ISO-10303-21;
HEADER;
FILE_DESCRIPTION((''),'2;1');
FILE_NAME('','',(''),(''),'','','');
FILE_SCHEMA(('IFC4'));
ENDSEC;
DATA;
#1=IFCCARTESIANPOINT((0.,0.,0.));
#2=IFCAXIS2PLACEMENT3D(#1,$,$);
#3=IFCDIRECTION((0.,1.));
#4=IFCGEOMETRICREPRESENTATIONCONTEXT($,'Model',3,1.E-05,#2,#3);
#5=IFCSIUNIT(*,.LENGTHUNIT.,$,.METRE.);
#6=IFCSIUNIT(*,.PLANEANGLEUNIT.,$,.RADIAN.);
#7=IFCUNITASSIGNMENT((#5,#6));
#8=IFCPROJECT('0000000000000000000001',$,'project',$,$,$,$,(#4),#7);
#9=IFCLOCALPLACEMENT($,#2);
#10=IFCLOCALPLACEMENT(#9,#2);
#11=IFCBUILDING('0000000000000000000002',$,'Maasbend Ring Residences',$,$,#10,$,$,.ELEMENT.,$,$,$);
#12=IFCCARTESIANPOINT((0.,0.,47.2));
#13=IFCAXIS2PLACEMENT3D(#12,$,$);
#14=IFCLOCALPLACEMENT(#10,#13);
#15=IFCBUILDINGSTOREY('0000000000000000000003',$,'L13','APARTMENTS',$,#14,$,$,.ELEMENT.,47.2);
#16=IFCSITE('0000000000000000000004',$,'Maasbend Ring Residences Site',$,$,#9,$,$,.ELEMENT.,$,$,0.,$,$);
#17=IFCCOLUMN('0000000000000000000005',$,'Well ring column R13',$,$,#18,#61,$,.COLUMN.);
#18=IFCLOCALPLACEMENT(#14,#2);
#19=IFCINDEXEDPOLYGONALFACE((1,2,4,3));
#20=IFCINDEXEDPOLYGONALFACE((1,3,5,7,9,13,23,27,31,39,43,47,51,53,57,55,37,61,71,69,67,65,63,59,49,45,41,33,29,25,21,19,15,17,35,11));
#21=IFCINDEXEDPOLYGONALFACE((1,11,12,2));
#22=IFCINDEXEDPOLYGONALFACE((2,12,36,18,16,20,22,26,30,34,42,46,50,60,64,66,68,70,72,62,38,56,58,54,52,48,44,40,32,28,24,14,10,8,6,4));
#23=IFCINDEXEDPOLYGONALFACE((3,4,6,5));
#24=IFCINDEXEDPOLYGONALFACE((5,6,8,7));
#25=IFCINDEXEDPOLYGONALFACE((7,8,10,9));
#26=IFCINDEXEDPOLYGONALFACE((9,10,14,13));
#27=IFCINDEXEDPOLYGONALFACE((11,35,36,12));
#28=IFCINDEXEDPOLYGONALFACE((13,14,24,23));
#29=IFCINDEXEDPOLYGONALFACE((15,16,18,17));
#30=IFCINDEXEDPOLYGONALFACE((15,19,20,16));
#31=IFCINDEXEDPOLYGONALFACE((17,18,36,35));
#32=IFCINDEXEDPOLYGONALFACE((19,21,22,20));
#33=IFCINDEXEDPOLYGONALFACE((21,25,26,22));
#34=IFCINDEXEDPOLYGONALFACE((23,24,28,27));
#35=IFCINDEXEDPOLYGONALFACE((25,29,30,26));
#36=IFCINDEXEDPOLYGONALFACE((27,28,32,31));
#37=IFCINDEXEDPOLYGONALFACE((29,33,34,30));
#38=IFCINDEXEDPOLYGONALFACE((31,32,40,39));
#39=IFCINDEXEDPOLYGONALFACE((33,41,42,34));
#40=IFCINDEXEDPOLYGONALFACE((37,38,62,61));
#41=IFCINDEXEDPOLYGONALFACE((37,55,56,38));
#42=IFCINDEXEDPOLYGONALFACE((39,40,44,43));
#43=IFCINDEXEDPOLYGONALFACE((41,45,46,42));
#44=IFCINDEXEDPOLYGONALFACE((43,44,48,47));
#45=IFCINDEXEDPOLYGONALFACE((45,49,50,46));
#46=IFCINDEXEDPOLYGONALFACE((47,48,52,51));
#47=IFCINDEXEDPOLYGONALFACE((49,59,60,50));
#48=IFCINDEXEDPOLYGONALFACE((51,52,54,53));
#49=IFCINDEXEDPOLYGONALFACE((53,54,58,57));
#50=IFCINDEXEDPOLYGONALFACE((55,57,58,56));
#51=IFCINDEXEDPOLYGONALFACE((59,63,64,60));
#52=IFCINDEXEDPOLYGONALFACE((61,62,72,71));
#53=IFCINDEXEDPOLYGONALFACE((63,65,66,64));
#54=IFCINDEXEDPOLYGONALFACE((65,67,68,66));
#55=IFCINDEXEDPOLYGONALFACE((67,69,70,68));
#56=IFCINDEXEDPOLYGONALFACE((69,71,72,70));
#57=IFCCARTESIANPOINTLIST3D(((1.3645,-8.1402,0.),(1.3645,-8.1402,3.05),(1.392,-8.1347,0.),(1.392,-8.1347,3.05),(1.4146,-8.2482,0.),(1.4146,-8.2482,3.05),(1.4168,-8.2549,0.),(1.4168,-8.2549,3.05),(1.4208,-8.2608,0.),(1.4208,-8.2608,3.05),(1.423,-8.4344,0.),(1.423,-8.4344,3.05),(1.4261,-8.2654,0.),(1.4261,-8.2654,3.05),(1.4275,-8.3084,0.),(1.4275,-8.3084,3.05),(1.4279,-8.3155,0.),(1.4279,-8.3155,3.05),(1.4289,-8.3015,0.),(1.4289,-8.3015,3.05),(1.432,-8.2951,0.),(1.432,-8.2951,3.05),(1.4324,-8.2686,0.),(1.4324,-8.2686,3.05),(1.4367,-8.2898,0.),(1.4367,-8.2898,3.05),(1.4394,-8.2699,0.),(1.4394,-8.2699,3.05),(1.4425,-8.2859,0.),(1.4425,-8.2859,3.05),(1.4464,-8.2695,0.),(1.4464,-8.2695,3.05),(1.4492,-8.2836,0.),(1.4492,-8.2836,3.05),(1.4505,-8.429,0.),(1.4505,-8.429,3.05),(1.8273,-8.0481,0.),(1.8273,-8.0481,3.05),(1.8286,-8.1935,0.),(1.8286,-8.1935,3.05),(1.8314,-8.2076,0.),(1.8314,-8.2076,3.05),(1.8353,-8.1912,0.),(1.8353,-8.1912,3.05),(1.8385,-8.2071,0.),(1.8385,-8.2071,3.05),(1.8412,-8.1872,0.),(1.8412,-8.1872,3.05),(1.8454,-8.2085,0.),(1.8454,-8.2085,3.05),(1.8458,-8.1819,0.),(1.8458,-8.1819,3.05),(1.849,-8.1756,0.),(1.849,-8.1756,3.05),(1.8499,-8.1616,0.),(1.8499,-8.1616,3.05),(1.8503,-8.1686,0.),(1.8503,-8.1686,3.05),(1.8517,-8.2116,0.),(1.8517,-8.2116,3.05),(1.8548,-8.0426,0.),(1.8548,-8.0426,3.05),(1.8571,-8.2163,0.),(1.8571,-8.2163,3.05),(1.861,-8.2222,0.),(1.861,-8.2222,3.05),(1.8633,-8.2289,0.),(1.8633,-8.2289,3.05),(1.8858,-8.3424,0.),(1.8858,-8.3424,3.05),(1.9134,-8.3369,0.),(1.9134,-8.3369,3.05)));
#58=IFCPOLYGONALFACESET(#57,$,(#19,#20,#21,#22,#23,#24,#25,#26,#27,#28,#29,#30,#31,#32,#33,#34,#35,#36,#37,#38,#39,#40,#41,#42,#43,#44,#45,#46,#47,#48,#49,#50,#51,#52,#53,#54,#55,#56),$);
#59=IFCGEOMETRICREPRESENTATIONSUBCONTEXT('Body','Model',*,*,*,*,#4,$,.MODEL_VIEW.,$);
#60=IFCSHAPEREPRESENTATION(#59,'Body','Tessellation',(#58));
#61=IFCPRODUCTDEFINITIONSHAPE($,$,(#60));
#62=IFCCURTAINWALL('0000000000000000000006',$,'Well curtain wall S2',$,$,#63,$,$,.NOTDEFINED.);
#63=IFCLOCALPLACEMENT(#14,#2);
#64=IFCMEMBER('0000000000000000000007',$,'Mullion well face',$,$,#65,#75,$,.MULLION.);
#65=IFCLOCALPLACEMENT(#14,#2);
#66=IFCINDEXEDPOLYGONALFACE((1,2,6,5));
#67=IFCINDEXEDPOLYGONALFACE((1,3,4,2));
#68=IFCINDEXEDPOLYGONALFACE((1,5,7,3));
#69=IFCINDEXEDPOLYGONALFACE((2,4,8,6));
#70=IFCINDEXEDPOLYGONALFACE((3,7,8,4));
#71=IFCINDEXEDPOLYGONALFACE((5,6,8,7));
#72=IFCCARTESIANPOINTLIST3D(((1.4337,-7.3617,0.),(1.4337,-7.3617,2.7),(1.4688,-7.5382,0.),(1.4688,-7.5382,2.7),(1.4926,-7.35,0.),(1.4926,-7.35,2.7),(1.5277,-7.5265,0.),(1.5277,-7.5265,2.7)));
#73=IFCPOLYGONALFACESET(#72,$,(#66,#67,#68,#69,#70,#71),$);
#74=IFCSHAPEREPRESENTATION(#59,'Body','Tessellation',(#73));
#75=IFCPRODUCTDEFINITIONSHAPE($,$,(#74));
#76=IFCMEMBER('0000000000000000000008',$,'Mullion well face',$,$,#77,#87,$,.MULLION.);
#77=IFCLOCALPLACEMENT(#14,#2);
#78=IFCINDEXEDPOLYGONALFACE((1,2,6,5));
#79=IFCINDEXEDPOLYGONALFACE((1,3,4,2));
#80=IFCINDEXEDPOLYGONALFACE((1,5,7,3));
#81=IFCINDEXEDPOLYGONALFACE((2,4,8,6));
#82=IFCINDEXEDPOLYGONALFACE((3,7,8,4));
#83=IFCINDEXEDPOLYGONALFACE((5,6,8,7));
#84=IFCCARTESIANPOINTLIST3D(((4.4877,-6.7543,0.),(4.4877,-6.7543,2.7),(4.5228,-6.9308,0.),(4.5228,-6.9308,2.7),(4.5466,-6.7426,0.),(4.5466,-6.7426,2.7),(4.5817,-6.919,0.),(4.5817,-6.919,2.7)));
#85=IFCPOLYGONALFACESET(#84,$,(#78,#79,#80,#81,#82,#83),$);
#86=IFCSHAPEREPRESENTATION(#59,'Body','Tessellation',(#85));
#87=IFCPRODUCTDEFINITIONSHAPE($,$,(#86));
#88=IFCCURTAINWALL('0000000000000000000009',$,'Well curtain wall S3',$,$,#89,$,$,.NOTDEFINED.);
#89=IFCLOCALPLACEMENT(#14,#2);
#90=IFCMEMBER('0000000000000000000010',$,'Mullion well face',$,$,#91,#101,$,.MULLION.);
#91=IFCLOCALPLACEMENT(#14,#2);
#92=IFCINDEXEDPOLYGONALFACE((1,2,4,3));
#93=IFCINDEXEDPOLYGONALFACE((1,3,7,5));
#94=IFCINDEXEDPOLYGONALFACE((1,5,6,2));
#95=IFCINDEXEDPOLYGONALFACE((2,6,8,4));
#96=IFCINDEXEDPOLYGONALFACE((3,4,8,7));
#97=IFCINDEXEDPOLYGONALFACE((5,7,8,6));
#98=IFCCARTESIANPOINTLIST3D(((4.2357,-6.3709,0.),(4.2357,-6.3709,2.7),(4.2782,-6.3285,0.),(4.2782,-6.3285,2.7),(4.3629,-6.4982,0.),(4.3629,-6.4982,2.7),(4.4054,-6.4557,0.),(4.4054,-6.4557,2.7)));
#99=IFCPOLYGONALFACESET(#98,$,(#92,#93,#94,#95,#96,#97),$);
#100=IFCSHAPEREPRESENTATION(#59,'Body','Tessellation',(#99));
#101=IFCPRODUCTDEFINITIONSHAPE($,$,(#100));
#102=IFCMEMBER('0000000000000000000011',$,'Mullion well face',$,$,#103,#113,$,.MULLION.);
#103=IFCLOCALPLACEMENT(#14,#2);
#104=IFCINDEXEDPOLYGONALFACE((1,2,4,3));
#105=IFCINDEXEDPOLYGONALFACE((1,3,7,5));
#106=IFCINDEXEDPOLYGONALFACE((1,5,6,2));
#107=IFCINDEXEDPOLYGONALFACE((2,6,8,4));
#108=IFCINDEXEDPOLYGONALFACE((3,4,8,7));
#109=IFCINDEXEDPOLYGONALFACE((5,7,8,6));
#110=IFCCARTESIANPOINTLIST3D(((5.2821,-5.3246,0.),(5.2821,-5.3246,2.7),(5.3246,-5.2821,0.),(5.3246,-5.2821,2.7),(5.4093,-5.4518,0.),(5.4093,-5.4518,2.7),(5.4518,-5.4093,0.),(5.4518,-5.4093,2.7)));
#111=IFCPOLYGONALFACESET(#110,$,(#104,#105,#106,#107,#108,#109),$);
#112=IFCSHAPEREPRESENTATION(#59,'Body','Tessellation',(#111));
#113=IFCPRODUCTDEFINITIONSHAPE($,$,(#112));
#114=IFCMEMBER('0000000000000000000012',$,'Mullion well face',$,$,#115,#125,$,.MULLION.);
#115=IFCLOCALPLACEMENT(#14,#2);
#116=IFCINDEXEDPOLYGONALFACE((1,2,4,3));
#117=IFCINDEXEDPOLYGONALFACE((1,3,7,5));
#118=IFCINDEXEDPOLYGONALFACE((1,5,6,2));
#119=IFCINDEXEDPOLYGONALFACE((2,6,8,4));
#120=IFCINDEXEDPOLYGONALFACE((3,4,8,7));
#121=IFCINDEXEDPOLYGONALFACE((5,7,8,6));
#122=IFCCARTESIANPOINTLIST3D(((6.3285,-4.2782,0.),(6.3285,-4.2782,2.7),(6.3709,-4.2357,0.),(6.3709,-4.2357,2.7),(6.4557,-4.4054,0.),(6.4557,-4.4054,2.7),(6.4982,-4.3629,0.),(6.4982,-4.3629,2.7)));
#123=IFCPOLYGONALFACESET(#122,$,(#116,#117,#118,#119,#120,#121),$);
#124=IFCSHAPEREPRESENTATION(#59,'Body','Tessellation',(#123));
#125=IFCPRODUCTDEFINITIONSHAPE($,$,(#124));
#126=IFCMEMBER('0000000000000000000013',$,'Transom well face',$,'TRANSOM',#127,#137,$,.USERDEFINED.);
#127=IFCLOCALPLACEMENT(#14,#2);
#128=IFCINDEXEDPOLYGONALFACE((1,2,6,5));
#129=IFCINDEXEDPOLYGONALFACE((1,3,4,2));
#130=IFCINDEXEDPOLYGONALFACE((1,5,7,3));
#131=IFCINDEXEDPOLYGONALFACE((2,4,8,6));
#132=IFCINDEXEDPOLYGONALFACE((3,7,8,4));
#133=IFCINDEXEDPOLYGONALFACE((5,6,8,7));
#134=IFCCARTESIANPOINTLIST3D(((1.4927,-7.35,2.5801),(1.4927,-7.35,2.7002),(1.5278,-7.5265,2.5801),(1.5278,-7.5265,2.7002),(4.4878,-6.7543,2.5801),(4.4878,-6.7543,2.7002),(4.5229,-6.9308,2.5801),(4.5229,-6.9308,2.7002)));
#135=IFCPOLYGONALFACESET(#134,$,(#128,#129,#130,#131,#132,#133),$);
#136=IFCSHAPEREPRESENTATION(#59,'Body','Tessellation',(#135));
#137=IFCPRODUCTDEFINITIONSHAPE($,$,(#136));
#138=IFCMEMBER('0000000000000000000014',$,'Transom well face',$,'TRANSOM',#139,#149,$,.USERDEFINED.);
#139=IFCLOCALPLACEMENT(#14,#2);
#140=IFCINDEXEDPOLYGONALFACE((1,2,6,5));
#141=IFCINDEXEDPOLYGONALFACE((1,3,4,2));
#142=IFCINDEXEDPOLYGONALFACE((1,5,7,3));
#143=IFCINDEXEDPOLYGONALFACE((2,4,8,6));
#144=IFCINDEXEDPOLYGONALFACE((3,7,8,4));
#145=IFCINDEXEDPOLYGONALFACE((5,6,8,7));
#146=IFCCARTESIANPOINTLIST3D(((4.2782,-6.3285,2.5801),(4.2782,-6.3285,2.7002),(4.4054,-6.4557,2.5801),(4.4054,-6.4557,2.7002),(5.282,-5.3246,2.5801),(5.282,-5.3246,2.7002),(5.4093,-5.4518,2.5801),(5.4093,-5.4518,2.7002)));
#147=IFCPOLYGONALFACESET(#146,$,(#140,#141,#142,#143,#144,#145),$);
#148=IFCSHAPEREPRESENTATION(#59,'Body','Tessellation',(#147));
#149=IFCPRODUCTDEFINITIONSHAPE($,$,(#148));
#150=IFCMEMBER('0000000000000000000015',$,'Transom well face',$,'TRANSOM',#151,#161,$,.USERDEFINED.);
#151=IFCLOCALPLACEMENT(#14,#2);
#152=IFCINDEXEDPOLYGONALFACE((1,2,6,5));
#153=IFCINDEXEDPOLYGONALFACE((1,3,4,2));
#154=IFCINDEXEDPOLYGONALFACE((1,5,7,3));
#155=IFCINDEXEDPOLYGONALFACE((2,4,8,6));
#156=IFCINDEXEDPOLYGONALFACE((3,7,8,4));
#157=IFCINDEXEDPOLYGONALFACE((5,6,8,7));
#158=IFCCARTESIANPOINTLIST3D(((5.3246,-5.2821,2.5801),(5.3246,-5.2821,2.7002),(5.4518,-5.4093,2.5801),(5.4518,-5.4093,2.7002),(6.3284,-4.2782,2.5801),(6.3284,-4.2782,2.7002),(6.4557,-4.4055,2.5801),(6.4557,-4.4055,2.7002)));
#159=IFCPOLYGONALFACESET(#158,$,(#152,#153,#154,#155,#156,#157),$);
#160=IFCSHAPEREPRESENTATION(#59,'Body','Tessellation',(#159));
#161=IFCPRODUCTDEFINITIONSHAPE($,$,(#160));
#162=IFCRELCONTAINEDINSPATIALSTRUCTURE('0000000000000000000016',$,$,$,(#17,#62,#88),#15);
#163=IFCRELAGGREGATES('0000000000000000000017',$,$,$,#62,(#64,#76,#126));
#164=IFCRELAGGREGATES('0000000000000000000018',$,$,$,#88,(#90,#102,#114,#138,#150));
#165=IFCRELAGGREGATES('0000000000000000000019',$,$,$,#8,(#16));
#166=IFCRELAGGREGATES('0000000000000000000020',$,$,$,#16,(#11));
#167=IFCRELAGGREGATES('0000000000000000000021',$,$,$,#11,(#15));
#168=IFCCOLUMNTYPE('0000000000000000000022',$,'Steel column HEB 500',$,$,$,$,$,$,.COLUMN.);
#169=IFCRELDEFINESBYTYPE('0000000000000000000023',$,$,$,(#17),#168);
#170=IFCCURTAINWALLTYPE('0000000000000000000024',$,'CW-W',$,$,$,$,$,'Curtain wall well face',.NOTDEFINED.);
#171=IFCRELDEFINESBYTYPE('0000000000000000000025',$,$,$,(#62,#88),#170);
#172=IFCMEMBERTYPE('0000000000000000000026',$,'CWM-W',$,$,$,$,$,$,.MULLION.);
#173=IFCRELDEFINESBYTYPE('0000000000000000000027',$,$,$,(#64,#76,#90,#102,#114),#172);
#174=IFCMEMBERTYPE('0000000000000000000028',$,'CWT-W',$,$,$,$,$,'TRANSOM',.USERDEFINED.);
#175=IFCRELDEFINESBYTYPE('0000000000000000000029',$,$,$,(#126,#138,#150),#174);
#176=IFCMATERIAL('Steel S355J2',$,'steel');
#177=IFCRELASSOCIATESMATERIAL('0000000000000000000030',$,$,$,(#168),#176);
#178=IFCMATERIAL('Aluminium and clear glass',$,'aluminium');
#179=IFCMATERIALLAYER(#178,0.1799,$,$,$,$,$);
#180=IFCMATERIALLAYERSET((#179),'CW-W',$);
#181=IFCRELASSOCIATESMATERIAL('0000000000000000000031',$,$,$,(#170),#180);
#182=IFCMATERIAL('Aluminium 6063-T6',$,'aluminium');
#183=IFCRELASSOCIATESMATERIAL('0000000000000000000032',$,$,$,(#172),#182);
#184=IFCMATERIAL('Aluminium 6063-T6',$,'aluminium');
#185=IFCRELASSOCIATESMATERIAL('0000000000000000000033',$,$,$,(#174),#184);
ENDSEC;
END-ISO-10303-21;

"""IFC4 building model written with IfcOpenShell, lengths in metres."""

from ifc_helpers import new_model, si_unit, direction, frame, origin, origin_2d, place, context, subcontext, project, spatial, rectangle, i_section, extrude, material, layer, layer_set, material_profile, profile_set, type_object, element, aggregate, save


model = new_model("IFC4")

# Units and contexts
model_context = context("Model", 3, precision=1e-05, world=origin(), true_north=direction((0.0, 1.0)))
body_context = subcontext(model_context, "Body", "Model", "MODEL_VIEW")
ifc_project = project(units=[si_unit("LENGTHUNIT", "METRE"), si_unit("PLANEANGLEUNIT", "RADIAN")], contexts=[model_context])

# Site, building, storey
site_placement = place(None, origin())
site = spatial("IfcSite", under=ifc_project, at=site_placement, Name="Maasbend Ring Residences Site", CompositionType="ELEMENT", RefElevation=0.0)
building_placement = place(site_placement, origin())
building = spatial("IfcBuilding", under=site, at=building_placement, Name="Maasbend Ring Residences", CompositionType="ELEMENT")
storey_placement = place(building_placement, frame((0.0, 0.0, 47.2)))
storey = spatial("IfcBuildingStorey", under=building, at=storey_placement, Name="L13", Description="APARTMENTS", CompositionType="ELEMENT", Elevation=47.2)

# Column
ifc_material_1 = material(Name="Steel S355J2", Category="steel")
ifc_material_profile_1 = material_profile(ifc_material_1, i_section(OverallWidth=0.3, OverallDepth=0.5, WebThickness=0.0144, FlangeThickness=0.0281, FilletRadius=0.0271, at=origin_2d()), Name="HEB 500")
ifc_profile_set_1 = profile_set([ifc_material_profile_1], Name="Steel S355J2")
column_type = type_object("IfcColumnType", Name="Steel column HEB 500", PredefinedType="COLUMN", material=ifc_profile_set_1)
column_placement = place(storey_placement, frame((1.6389, -8.2385, 0.0), z_axis=(0.0, 0.0, 1.0), x_axis=(0.19509, -0.980785, 0.0)))
element("IfcColumn", 1, at=column_placement, inside=storey, type_object=column_type, Name="Well ring column R13", PredefinedType="COLUMN", context=body_context, shape_type="SweptSolid", body=[
    extrude(i_section(OverallWidth=0.3, OverallDepth=0.5, WebThickness=0.0144, FlangeThickness=0.0281, FilletRadius=0.0271, at=origin_2d()), origin(), (0.0, 0.0, 1.0), 3.05),
])

# Curtain walls, members
ifc_material_2 = material(Name="Aluminium and clear glass", Category="aluminium")
ifc_layer_1 = layer(ifc_material_2, 0.1799)
ifc_layer_set_1 = layer_set([ifc_layer_1], Name="CW-W")
curtain_wall_type = type_object("IfcCurtainWallType", Name="CW-W", ElementType="Curtain wall well face", PredefinedType="NOTDEFINED", material=ifc_layer_set_1)
curtain_wall_1_placement = place(storey_placement, origin())
curtain_wall_1 = element("IfcCurtainWall", 2, at=curtain_wall_1_placement, inside=storey, type_object=curtain_wall_type, Name="Well curtain wall S2", PredefinedType="NOTDEFINED")
ifc_material_3 = material(Name="Aluminium 6063-T6", Category="aluminium")
ifc_material_profile_2 = material_profile(ifc_material_3, rectangle(XDim=0.1799, YDim=0.0601, at=origin_2d()), Name="AL 180x60")
ifc_profile_set_2 = profile_set([ifc_material_profile_2], Name="Aluminium 6063-T6")
member_type_1 = type_object("IfcMemberType", Name="CWM-W", PredefinedType="MULLION", material=ifc_profile_set_2)
member_1_placement = place(storey_placement, frame((1.4807, -7.4441, 0.0), z_axis=(0.0, 0.0, 1.0), x_axis=(-0.19509, 0.980785, 0.0)))
member_1 = element("IfcMember", 3, at=member_1_placement, type_object=member_type_1, Name="Mullion well face", PredefinedType="MULLION", context=body_context, shape_type="SweptSolid", body=[
    extrude(rectangle(XDim=0.1799, YDim=0.0601, at=origin_2d()), origin(), (0.0, 0.0, 1.0), 2.7),
])
member_2_placement = place(storey_placement, frame((4.5347, -6.8367, 0.0), z_axis=(0.0, 0.0, 1.0), x_axis=(-0.19509, 0.980785, 0.0)))
member_2 = element("IfcMember", 4, at=member_2_placement, type_object=member_type_1, Name="Mullion well face", PredefinedType="MULLION", context=body_context, shape_type="SweptSolid", body=[
    extrude(rectangle(XDim=0.1799, YDim=0.0601, at=origin_2d()), origin(), (0.0, 0.0, 1.0), 2.7),
])
curtain_wall_2_placement = place(storey_placement, origin())
curtain_wall_2 = element("IfcCurtainWall", 5, at=curtain_wall_2_placement, inside=storey, type_object=curtain_wall_type, Name="Well curtain wall S3", PredefinedType="NOTDEFINED")
member_3_placement = place(storey_placement, frame((4.3206, -6.4133, 0.0), z_axis=(0.0, 0.0, 1.0), x_axis=(-0.707107, 0.707107, 0.0)))
member_3 = element("IfcMember", 6, at=member_3_placement, type_object=member_type_1, Name="Mullion well face", PredefinedType="MULLION", context=body_context, shape_type="SweptSolid", body=[
    extrude(rectangle(XDim=0.1799, YDim=0.0601, at=origin_2d()), origin(), (0.0, 0.0, 1.0), 2.7),
])
member_4_placement = place(storey_placement, frame((5.3669, -5.3669, 0.0), z_axis=(0.0, 0.0, 1.0), x_axis=(-0.707107, 0.707107, 0.0)))
member_4 = element("IfcMember", 7, at=member_4_placement, type_object=member_type_1, Name="Mullion well face", PredefinedType="MULLION", context=body_context, shape_type="SweptSolid", body=[
    extrude(rectangle(XDim=0.1799, YDim=0.0601, at=origin_2d()), origin(), (0.0, 0.0, 1.0), 2.7),
])
member_5_placement = place(storey_placement, frame((6.4133, -4.3206, 0.0), z_axis=(0.0, 0.0, 1.0), x_axis=(-0.707107, 0.707107, 0.0)))
member_5 = element("IfcMember", 8, at=member_5_placement, type_object=member_type_1, Name="Mullion well face", PredefinedType="MULLION", context=body_context, shape_type="SweptSolid", body=[
    extrude(rectangle(XDim=0.1799, YDim=0.0601, at=origin_2d()), origin(), (0.0, 0.0, 1.0), 2.7),
])

# Members
ifc_material_4 = material(Name="Aluminium 6063-T6", Category="aluminium")
ifc_material_profile_3 = material_profile(ifc_material_4, rectangle(XDim=0.1799, YDim=0.1201, at=origin_2d()), Name="AL 180x120")
ifc_profile_set_3 = profile_set([ifc_material_profile_3], Name="Aluminium 6063-T6")
member_type_2 = type_object("IfcMemberType", Name="CWT-W", ElementType="TRANSOM", PredefinedType="USERDEFINED", material=ifc_profile_set_3)
member_6_placement = place(storey_placement, frame((1.5103, -7.4382, 2.6401), z_axis=(0.980789, 0.195071, 0.0), x_axis=(-0.195071, 0.980789, 0.0)))
member_6 = element("IfcMember", 9, at=member_6_placement, type_object=member_type_2, Name="Transom well face", ObjectType="TRANSOM", PredefinedType="USERDEFINED", context=body_context, shape_type="SweptSolid", body=[
    extrude(rectangle(XDim=0.1799, YDim=0.1201, at=origin_2d()), origin(), (0.0, 0.0, 1.0), 3.0537),
])
member_7_placement = place(storey_placement, frame((4.3418, -6.3921, 2.6401), z_axis=(0.707107, 0.707107, 0.0), x_axis=(-0.707107, 0.707107, 0.0)))
member_7 = element("IfcMember", 10, at=member_7_placement, type_object=member_type_2, Name="Transom well face", ObjectType="TRANSOM", PredefinedType="USERDEFINED", context=body_context, shape_type="SweptSolid", body=[
    extrude(rectangle(XDim=0.1799, YDim=0.1201, at=origin_2d()), origin(), (0.0, 0.0, 1.0), 1.4197),
])
member_8_placement = place(storey_placement, frame((5.3882, -5.3457, 2.6401), z_axis=(0.707107, 0.707107, 0.0), x_axis=(-0.707107, 0.707107, 0.0)))
member_8 = element("IfcMember", 11, at=member_8_placement, type_object=member_type_2, Name="Transom well face", ObjectType="TRANSOM", PredefinedType="USERDEFINED", context=body_context, shape_type="SweptSolid", body=[
    extrude(rectangle(XDim=0.1799, YDim=0.1201, at=origin_2d()), origin(), (0.0, 0.0, 1.0), 1.4197),
])

aggregate(curtain_wall_1, [member_1, member_2, member_6])
aggregate(curtain_wall_2, [member_3, member_4, member_5, member_7, member_8])

save(model, "model.ifc")
